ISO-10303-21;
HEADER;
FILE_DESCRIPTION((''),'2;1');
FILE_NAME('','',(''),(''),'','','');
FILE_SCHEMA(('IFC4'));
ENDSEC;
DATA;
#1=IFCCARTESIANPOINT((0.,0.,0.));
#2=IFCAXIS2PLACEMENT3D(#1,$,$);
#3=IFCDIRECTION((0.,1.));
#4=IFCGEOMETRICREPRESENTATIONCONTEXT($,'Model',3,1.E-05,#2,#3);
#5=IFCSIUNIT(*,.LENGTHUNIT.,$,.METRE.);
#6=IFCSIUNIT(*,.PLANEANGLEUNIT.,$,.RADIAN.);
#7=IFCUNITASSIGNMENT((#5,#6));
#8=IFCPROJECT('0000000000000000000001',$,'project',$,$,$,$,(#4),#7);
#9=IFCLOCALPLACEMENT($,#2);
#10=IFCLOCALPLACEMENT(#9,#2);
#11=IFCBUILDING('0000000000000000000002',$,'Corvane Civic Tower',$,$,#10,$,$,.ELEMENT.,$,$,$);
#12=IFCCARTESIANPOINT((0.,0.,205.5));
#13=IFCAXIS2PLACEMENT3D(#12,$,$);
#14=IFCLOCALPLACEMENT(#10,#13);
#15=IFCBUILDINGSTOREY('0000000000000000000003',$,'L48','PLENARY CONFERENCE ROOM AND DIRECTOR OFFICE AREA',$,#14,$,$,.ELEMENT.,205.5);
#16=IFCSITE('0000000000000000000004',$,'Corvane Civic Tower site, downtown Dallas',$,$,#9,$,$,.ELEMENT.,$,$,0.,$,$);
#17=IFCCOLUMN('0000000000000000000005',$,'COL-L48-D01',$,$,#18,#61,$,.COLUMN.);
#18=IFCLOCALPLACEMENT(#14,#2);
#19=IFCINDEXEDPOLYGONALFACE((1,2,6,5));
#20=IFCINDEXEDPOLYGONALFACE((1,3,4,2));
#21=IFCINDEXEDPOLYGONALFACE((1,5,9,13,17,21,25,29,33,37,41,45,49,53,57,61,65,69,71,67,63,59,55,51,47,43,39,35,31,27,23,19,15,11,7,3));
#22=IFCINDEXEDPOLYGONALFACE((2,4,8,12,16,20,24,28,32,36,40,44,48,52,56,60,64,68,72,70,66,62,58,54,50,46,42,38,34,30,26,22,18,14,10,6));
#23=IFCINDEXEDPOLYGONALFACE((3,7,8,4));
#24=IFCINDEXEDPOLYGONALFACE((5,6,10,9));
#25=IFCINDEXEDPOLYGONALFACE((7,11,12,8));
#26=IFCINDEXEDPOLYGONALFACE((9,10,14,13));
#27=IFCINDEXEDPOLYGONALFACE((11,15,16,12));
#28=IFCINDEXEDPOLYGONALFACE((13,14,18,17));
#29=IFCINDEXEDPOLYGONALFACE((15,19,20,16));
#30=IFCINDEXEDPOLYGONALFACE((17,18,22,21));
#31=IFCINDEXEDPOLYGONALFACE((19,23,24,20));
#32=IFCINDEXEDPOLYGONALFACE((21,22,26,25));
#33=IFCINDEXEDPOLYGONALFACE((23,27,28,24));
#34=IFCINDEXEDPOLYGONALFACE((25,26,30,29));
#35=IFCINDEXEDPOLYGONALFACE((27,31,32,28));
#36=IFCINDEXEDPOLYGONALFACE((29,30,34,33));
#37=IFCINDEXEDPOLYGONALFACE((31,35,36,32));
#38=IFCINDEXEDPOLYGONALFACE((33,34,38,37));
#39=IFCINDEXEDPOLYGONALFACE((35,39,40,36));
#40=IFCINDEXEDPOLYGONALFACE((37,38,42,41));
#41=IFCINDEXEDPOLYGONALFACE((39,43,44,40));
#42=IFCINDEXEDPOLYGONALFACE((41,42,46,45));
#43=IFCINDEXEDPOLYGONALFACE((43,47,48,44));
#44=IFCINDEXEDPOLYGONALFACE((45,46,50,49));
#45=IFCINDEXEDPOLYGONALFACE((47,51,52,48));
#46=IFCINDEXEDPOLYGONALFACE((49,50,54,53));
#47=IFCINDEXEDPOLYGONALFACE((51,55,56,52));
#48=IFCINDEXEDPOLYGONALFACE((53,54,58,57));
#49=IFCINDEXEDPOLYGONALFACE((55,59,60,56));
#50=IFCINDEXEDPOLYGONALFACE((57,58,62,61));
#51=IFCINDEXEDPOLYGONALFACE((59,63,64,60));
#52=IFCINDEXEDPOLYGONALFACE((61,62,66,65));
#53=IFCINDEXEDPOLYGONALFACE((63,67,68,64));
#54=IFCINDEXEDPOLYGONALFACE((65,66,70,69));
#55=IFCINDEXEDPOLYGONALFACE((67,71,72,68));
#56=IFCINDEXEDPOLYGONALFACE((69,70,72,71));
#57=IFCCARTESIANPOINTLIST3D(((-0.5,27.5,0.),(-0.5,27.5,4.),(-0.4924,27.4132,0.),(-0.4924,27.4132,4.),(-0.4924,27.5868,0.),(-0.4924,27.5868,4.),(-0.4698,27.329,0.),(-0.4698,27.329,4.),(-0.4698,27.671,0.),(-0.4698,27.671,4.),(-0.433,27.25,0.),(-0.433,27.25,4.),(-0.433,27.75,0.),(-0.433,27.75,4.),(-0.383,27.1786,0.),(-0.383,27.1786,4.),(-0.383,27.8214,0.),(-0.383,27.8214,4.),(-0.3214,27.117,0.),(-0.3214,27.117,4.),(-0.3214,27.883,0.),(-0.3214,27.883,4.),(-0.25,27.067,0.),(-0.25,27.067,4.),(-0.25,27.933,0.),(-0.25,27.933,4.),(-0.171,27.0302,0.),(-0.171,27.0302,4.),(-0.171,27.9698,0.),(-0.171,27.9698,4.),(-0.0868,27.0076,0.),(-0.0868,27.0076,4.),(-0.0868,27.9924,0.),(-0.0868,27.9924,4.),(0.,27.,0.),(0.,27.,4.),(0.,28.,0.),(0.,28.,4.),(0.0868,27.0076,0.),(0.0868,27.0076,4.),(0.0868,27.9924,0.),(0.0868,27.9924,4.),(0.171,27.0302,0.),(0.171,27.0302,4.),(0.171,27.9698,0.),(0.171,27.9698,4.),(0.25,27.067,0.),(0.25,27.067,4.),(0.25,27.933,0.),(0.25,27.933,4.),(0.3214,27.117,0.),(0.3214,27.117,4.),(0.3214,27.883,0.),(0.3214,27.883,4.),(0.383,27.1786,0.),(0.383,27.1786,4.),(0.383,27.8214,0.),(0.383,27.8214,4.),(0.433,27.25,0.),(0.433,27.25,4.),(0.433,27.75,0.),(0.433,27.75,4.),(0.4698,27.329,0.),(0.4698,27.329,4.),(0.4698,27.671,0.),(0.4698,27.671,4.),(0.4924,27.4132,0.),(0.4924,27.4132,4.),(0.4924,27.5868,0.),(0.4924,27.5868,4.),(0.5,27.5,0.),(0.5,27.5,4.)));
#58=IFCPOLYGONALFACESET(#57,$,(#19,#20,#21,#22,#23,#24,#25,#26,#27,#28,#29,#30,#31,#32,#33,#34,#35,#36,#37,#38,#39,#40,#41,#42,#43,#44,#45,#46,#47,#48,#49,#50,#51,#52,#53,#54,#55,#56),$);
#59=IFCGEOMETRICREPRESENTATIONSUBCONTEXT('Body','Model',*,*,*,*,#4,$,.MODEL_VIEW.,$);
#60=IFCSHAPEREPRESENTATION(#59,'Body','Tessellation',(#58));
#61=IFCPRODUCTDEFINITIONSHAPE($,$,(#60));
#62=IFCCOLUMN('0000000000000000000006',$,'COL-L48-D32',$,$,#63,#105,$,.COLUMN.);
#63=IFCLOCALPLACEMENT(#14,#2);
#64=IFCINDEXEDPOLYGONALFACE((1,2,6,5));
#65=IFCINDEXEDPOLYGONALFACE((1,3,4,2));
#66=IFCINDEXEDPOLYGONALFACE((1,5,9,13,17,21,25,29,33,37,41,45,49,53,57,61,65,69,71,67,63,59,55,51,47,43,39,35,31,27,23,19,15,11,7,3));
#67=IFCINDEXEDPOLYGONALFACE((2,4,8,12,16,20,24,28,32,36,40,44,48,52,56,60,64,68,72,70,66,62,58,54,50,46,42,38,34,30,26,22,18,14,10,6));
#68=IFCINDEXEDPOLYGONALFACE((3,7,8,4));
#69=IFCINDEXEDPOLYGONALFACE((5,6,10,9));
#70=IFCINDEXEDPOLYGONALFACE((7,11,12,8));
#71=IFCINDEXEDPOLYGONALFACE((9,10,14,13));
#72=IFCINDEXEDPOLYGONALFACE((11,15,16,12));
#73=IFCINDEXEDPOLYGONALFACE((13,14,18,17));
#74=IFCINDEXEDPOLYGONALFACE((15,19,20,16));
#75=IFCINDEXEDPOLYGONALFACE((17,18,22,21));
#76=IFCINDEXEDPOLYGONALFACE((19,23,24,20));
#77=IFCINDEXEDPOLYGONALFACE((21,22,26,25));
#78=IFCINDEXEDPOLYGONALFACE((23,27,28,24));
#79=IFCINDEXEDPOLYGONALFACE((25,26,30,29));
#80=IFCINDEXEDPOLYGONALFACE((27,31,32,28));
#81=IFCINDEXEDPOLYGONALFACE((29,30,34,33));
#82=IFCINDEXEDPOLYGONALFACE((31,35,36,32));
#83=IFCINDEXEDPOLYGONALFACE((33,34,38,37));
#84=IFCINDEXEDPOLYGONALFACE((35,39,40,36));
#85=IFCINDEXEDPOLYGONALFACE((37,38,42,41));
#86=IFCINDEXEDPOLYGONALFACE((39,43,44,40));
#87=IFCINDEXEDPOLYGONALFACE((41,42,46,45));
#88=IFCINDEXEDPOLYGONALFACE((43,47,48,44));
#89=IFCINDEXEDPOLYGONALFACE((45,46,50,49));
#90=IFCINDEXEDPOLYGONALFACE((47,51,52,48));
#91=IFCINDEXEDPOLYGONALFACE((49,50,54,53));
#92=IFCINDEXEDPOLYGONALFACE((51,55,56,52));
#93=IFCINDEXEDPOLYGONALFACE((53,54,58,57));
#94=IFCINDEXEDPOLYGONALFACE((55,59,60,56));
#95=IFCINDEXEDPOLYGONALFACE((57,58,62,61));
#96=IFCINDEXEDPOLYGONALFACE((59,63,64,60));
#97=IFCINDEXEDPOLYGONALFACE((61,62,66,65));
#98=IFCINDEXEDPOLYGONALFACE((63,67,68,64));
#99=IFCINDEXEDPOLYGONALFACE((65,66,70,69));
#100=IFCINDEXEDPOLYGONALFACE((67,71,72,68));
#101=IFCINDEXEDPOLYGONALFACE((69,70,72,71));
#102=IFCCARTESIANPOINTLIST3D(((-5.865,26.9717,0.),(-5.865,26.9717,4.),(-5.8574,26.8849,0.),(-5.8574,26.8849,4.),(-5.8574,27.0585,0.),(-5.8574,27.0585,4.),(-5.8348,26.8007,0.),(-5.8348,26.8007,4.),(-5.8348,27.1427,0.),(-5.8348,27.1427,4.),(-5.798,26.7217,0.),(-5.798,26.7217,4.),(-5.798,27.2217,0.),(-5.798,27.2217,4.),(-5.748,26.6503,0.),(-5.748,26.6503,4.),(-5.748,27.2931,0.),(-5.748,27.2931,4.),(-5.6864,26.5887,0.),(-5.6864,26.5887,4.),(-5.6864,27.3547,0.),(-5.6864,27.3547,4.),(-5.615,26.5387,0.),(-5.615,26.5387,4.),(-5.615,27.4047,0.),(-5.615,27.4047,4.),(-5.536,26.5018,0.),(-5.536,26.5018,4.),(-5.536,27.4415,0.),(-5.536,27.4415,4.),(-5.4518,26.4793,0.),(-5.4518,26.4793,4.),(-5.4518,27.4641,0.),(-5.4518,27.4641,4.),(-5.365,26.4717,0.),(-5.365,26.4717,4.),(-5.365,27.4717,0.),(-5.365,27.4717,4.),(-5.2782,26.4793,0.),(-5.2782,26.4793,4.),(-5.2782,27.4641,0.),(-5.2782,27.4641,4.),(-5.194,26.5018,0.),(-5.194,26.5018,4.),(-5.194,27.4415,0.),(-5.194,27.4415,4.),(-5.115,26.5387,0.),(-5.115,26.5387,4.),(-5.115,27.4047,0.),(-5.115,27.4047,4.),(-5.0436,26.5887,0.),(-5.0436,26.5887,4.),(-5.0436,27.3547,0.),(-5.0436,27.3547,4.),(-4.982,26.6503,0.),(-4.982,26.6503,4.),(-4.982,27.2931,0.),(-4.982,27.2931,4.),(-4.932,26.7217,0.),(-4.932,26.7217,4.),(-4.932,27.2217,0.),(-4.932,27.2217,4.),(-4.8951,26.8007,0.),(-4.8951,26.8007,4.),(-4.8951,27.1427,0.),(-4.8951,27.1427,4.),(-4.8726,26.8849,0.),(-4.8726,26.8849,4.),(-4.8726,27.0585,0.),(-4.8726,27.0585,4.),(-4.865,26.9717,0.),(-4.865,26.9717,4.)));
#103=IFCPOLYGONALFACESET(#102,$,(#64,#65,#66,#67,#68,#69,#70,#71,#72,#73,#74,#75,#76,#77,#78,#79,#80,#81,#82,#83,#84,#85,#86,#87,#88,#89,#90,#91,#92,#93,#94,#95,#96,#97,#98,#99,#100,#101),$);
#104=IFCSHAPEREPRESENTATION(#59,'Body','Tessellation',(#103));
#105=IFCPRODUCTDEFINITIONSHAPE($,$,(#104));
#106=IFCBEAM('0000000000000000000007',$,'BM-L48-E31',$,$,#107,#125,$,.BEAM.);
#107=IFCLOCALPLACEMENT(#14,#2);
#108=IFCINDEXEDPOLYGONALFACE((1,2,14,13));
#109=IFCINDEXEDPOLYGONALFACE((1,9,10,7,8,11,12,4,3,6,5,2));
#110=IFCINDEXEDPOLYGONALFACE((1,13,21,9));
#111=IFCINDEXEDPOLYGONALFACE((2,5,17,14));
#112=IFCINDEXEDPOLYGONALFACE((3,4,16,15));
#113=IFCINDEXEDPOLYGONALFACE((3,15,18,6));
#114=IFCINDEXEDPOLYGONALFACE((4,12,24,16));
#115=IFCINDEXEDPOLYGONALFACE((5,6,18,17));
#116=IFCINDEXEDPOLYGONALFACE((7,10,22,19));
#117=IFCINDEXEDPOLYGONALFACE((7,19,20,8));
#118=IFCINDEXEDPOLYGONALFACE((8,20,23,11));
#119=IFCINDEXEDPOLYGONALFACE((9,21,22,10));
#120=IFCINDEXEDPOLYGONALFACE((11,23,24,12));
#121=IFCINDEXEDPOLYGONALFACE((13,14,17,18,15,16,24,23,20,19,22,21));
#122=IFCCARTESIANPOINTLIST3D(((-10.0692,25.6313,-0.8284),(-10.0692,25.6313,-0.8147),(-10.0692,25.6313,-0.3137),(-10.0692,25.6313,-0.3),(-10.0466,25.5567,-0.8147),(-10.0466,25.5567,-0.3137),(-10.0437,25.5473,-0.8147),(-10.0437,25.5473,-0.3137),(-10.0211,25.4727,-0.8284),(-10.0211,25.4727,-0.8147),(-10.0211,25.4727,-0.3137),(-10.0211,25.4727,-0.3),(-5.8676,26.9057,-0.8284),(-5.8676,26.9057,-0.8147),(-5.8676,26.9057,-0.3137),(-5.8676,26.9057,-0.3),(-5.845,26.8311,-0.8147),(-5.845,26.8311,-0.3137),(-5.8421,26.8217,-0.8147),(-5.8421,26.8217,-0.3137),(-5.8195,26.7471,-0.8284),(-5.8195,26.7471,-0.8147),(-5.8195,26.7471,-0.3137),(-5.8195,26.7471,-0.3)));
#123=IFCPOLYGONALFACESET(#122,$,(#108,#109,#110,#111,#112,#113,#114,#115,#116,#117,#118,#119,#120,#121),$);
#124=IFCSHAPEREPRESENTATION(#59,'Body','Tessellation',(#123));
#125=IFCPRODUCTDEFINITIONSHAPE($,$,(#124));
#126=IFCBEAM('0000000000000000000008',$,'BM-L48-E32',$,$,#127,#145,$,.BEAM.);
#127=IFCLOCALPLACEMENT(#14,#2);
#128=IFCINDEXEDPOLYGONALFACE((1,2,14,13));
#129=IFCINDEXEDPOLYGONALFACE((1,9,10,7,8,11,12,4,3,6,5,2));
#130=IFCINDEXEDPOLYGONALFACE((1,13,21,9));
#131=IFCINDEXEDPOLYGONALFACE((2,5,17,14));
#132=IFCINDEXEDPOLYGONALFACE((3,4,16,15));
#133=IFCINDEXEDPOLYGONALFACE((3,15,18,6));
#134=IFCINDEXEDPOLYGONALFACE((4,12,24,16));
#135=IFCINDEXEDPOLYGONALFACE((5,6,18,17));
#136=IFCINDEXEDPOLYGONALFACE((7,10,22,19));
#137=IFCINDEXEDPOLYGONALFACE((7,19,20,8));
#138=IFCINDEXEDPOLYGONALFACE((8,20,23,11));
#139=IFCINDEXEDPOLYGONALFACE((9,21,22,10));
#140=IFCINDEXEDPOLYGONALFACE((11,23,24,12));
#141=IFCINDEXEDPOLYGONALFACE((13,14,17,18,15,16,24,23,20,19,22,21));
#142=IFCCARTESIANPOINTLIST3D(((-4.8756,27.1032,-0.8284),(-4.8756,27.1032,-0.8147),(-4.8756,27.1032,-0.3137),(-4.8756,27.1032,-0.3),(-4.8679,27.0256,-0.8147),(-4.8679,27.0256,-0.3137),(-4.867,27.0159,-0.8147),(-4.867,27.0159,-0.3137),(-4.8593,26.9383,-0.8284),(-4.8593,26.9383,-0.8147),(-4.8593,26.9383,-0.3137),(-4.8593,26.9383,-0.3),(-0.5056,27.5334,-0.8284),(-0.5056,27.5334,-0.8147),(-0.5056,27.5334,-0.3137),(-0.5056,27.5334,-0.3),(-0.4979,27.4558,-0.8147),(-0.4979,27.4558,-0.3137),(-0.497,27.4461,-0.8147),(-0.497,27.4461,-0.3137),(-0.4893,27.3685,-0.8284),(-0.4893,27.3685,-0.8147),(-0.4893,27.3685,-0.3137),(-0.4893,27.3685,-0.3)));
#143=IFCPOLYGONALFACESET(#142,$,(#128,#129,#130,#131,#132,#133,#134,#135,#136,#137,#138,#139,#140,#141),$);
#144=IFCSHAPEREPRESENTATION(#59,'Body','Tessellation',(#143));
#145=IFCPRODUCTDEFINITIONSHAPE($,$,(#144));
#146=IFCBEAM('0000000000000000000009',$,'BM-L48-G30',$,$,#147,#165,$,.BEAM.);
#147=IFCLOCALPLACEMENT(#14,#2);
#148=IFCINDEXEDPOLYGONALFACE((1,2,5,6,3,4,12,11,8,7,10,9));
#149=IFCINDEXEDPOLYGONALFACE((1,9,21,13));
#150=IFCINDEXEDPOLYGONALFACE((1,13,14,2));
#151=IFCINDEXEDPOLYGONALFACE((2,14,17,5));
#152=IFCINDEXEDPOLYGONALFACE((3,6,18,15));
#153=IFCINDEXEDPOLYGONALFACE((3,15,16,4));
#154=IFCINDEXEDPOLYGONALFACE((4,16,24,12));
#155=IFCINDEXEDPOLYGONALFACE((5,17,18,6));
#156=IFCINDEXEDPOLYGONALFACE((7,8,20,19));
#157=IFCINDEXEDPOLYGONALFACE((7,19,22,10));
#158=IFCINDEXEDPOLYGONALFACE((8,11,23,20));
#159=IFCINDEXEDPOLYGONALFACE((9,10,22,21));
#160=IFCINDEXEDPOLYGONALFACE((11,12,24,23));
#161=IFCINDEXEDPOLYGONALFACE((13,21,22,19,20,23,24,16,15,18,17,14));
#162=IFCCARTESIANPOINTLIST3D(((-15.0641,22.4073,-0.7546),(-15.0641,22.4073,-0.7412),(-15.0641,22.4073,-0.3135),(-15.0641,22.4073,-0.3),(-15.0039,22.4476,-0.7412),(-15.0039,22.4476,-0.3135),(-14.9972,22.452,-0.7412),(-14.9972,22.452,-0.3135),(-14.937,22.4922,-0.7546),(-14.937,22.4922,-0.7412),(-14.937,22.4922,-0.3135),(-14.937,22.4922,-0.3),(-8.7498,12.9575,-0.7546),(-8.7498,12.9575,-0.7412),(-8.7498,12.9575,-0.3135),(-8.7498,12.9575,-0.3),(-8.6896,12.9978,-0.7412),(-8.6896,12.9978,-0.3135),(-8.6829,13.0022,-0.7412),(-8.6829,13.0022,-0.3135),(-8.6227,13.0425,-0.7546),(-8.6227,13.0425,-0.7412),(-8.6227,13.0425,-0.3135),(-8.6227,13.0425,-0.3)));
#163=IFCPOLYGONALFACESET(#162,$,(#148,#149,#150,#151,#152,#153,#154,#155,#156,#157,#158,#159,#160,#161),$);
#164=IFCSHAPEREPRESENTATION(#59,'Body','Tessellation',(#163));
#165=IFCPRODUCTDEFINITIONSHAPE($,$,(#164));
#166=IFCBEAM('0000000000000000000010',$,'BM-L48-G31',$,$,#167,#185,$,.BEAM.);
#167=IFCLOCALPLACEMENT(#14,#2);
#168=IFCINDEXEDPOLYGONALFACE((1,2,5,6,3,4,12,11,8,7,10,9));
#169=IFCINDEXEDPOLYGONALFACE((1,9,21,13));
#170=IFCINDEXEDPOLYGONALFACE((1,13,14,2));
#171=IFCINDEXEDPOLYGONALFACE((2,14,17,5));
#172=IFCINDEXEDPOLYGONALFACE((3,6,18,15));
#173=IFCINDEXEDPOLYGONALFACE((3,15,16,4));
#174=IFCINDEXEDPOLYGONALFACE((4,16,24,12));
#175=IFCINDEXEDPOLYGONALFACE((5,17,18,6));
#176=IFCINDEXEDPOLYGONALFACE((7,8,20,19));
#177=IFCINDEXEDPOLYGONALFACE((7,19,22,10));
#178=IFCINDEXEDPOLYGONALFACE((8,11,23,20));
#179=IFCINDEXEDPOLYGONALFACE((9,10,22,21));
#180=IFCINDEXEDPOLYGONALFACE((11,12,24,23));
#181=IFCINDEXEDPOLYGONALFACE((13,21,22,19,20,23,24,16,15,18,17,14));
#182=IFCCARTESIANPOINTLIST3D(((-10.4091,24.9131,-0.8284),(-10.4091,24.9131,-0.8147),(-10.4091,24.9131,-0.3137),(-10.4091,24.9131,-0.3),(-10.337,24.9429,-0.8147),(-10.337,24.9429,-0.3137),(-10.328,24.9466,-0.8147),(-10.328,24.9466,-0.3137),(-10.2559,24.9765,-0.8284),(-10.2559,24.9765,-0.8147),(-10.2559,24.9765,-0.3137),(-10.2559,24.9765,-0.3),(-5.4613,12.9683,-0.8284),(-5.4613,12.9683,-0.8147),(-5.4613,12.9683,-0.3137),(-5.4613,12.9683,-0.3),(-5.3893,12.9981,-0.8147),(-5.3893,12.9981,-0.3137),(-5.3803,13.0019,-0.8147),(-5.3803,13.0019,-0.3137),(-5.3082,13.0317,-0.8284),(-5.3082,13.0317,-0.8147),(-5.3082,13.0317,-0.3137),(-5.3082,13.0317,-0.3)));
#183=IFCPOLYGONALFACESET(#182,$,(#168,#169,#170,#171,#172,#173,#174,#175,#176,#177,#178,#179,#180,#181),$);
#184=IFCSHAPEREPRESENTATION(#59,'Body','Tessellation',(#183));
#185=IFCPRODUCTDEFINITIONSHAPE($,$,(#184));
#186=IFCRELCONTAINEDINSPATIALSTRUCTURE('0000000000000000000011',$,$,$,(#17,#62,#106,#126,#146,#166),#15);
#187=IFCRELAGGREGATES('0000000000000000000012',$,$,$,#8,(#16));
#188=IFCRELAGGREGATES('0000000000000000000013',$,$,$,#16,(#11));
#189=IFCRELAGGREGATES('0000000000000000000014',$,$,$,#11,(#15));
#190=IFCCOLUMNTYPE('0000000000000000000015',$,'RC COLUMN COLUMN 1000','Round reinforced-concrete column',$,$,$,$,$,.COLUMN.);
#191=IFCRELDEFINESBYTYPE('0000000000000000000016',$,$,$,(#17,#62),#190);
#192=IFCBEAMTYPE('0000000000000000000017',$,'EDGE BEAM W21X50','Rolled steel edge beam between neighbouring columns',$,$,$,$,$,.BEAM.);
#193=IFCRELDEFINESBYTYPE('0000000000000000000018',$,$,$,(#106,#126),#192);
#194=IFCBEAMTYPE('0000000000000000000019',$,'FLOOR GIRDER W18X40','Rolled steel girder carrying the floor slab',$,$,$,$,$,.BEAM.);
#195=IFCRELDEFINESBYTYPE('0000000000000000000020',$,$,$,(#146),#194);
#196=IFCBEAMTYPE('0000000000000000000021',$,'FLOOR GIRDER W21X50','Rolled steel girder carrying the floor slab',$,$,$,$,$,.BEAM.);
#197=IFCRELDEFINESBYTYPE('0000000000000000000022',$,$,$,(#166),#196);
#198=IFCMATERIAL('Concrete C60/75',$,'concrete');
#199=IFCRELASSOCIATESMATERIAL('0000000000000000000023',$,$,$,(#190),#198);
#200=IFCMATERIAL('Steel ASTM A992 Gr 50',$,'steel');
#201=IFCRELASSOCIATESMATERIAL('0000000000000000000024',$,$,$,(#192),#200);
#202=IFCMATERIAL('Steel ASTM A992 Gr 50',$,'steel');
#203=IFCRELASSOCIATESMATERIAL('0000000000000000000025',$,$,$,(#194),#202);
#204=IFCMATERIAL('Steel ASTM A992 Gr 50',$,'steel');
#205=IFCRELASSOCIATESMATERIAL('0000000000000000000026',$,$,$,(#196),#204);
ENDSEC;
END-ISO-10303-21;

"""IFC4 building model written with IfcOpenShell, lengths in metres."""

from ifc_helpers import new_model, si_unit, direction, frame, origin, origin_2d, place, context, subcontext, project, spatial, circle, i_section, extrude, material, material_profile, profile_set, type_object, element, save


model = new_model("IFC4")

# Units and contexts
model_context = context("Model", 3, precision=1e-05, world=origin(), true_north=direction((0.0, 1.0)))
body_context = subcontext(model_context, "Body", "Model", "MODEL_VIEW")
ifc_project = project(units=[si_unit("LENGTHUNIT", "METRE"), si_unit("PLANEANGLEUNIT", "RADIAN")], contexts=[model_context])

# Site, building, storey
site_placement = place(None, origin())
site = spatial("IfcSite", under=ifc_project, at=site_placement, Name="Corvane Civic Tower site, downtown Dallas", CompositionType="ELEMENT", RefElevation=0.0)
building_placement = place(site_placement, origin())
building = spatial("IfcBuilding", under=site, at=building_placement, Name="Corvane Civic Tower", CompositionType="ELEMENT")
storey_placement = place(building_placement, frame((0.0, 0.0, 205.5)))
storey = spatial("IfcBuildingStorey", under=building, at=storey_placement, Name="L48", Description="PLENARY CONFERENCE ROOM AND DIRECTOR OFFICE AREA", CompositionType="ELEMENT", Elevation=205.5)

# Columns
ifc_material_1 = material(Name="Concrete C60/75", Category="concrete")
ifc_material_profile_1 = material_profile(ifc_material_1, circle(Radius=0.5, at=origin_2d()), Name="COLUMN 1000")
ifc_profile_set_1 = profile_set([ifc_material_profile_1], Name="Concrete C60/75")
column_type = type_object("IfcColumnType", Name="RC COLUMN COLUMN 1000", Description="Round reinforced-concrete column", PredefinedType="COLUMN", material=ifc_profile_set_1)
for number, where, z_axis, x_axis, name in (
    (1, (0.0, 27.5, 0.0), (0.0, 0.0, 1.0), (1.0, 0.0, 0.0), "COL-L48-D01"),
    (2, (-5.365, 26.9717, 0.0), (0.0, 0.0, 1.0), (1.0, 0.0, 0.0), "COL-L48-D32"),
):
    element("IfcColumn", number, at=place(storey_placement, frame(where, z_axis=z_axis, x_axis=x_axis)), inside=storey, type_object=column_type, Name=name, PredefinedType="COLUMN", context=body_context, shape_type="SweptSolid", body=[
        extrude(circle(Radius=0.5, at=origin_2d()), origin(), (0.0, 0.0, 1.0), 4.0),
    ])

# Beams
ifc_material_2 = material(Name="Steel ASTM A992 Gr 50", Category="steel")
ifc_material_profile_2 = material_profile(ifc_material_2, i_section(OverallWidth=0.1658, OverallDepth=0.5283, WebThickness=0.0098, FlangeThickness=0.0137, at=origin_2d()), Name="W21X50")
ifc_profile_set_2 = profile_set([ifc_material_profile_2], Name="Steel ASTM A992 Gr 50")
beam_type_1 = type_object("IfcBeamType", Name="EDGE BEAM W21X50", Description="Rolled steel edge beam between neighbouring columns", PredefinedType="BEAM", material=ifc_profile_set_2)
beam_1_placement = place(storey_placement, frame((-10.0452, 25.552, -0.5642), z_axis=(0.95695, 0.290254, 0.0), x_axis=(-0.290254, 0.95695, 0.0)))
element("IfcBeam", 3, at=beam_1_placement, inside=storey, type_object=beam_type_1, Name="BM-L48-E31", PredefinedType="BEAM", context=body_context, shape_type="SweptSolid", body=[
    extrude(i_section(OverallWidth=0.1658, OverallDepth=0.5283, WebThickness=0.0098, FlangeThickness=0.0137, at=origin_2d()), origin(), (0.0, 0.0, 1.0), 4.3906),
])
beam_2_placement = place(storey_placement, frame((-4.8674, 27.0208, -0.5642), z_axis=(0.99519, 0.097968, 0.0), x_axis=(-0.097968, 0.99519, 0.0)))
element("IfcBeam", 4, at=beam_2_placement, inside=storey, type_object=beam_type_1, Name="BM-L48-E32", PredefinedType="BEAM", context=body_context, shape_type="SweptSolid", body=[
    extrude(i_section(OverallWidth=0.1658, OverallDepth=0.5283, WebThickness=0.0098, FlangeThickness=0.0137, at=origin_2d()), origin(), (0.0, 0.0, 1.0), 4.3911),
])
ifc_material_3 = material(Name="Steel ASTM A992 Gr 50", Category="steel")
ifc_material_profile_3 = material_profile(ifc_material_3, i_section(OverallWidth=0.1528, OverallDepth=0.4546, WebThickness=0.0081, FlangeThickness=0.0134, at=origin_2d()), Name="W18X40")
ifc_profile_set_3 = profile_set([ifc_material_profile_3], Name="Steel ASTM A992 Gr 50")
beam_type_2 = type_object("IfcBeamType", Name="FLOOR GIRDER W18X40", Description="Rolled steel girder carrying the floor slab", PredefinedType="BEAM", material=ifc_profile_set_3)
beam_3_placement = place(storey_placement, frame((-8.6863, 13.0, -0.5273), z_axis=(-0.555577, 0.831465, 0.0), x_axis=(-0.831465, -0.555577, 0.0)))
element("IfcBeam", 5, at=beam_3_placement, inside=storey, type_object=beam_type_2, Name="BM-L48-G30", PredefinedType="BEAM", context=body_context, shape_type="SweptSolid", body=[
    extrude(i_section(OverallWidth=0.1528, OverallDepth=0.4546, WebThickness=0.0081, FlangeThickness=0.0134, at=origin_2d()), origin(), (0.0, 0.0, 1.0), 11.3652),
])
ifc_material_4 = material(Name="Steel ASTM A992 Gr 50", Category="steel")
ifc_material_profile_4 = material_profile(ifc_material_4, i_section(OverallWidth=0.1658, OverallDepth=0.5283, WebThickness=0.0098, FlangeThickness=0.0137, at=origin_2d()), Name="W21X50")
ifc_profile_set_4 = profile_set([ifc_material_profile_4], Name="Steel ASTM A992 Gr 50")
beam_type_3 = type_object("IfcBeamType", Name="FLOOR GIRDER W21X50", Description="Rolled steel girder carrying the floor slab", PredefinedType="BEAM", material=ifc_profile_set_4)
beam_4_placement = place(storey_placement, frame((-5.3848, 13.0, -0.5642), z_axis=(-0.382686, 0.923878, 0.0), x_axis=(-0.923878, -0.382686, 0.0)))
element("IfcBeam", 6, at=beam_4_placement, inside=storey, type_object=beam_type_3, Name="BM-L48-G31", PredefinedType="BEAM", context=body_context, shape_type="SweptSolid", body=[
    extrude(i_section(OverallWidth=0.1658, OverallDepth=0.5283, WebThickness=0.0098, FlangeThickness=0.0137, at=origin_2d()), origin(), (0.0, 0.0, 1.0), 12.929),
])

save(model, "model.ifc")
